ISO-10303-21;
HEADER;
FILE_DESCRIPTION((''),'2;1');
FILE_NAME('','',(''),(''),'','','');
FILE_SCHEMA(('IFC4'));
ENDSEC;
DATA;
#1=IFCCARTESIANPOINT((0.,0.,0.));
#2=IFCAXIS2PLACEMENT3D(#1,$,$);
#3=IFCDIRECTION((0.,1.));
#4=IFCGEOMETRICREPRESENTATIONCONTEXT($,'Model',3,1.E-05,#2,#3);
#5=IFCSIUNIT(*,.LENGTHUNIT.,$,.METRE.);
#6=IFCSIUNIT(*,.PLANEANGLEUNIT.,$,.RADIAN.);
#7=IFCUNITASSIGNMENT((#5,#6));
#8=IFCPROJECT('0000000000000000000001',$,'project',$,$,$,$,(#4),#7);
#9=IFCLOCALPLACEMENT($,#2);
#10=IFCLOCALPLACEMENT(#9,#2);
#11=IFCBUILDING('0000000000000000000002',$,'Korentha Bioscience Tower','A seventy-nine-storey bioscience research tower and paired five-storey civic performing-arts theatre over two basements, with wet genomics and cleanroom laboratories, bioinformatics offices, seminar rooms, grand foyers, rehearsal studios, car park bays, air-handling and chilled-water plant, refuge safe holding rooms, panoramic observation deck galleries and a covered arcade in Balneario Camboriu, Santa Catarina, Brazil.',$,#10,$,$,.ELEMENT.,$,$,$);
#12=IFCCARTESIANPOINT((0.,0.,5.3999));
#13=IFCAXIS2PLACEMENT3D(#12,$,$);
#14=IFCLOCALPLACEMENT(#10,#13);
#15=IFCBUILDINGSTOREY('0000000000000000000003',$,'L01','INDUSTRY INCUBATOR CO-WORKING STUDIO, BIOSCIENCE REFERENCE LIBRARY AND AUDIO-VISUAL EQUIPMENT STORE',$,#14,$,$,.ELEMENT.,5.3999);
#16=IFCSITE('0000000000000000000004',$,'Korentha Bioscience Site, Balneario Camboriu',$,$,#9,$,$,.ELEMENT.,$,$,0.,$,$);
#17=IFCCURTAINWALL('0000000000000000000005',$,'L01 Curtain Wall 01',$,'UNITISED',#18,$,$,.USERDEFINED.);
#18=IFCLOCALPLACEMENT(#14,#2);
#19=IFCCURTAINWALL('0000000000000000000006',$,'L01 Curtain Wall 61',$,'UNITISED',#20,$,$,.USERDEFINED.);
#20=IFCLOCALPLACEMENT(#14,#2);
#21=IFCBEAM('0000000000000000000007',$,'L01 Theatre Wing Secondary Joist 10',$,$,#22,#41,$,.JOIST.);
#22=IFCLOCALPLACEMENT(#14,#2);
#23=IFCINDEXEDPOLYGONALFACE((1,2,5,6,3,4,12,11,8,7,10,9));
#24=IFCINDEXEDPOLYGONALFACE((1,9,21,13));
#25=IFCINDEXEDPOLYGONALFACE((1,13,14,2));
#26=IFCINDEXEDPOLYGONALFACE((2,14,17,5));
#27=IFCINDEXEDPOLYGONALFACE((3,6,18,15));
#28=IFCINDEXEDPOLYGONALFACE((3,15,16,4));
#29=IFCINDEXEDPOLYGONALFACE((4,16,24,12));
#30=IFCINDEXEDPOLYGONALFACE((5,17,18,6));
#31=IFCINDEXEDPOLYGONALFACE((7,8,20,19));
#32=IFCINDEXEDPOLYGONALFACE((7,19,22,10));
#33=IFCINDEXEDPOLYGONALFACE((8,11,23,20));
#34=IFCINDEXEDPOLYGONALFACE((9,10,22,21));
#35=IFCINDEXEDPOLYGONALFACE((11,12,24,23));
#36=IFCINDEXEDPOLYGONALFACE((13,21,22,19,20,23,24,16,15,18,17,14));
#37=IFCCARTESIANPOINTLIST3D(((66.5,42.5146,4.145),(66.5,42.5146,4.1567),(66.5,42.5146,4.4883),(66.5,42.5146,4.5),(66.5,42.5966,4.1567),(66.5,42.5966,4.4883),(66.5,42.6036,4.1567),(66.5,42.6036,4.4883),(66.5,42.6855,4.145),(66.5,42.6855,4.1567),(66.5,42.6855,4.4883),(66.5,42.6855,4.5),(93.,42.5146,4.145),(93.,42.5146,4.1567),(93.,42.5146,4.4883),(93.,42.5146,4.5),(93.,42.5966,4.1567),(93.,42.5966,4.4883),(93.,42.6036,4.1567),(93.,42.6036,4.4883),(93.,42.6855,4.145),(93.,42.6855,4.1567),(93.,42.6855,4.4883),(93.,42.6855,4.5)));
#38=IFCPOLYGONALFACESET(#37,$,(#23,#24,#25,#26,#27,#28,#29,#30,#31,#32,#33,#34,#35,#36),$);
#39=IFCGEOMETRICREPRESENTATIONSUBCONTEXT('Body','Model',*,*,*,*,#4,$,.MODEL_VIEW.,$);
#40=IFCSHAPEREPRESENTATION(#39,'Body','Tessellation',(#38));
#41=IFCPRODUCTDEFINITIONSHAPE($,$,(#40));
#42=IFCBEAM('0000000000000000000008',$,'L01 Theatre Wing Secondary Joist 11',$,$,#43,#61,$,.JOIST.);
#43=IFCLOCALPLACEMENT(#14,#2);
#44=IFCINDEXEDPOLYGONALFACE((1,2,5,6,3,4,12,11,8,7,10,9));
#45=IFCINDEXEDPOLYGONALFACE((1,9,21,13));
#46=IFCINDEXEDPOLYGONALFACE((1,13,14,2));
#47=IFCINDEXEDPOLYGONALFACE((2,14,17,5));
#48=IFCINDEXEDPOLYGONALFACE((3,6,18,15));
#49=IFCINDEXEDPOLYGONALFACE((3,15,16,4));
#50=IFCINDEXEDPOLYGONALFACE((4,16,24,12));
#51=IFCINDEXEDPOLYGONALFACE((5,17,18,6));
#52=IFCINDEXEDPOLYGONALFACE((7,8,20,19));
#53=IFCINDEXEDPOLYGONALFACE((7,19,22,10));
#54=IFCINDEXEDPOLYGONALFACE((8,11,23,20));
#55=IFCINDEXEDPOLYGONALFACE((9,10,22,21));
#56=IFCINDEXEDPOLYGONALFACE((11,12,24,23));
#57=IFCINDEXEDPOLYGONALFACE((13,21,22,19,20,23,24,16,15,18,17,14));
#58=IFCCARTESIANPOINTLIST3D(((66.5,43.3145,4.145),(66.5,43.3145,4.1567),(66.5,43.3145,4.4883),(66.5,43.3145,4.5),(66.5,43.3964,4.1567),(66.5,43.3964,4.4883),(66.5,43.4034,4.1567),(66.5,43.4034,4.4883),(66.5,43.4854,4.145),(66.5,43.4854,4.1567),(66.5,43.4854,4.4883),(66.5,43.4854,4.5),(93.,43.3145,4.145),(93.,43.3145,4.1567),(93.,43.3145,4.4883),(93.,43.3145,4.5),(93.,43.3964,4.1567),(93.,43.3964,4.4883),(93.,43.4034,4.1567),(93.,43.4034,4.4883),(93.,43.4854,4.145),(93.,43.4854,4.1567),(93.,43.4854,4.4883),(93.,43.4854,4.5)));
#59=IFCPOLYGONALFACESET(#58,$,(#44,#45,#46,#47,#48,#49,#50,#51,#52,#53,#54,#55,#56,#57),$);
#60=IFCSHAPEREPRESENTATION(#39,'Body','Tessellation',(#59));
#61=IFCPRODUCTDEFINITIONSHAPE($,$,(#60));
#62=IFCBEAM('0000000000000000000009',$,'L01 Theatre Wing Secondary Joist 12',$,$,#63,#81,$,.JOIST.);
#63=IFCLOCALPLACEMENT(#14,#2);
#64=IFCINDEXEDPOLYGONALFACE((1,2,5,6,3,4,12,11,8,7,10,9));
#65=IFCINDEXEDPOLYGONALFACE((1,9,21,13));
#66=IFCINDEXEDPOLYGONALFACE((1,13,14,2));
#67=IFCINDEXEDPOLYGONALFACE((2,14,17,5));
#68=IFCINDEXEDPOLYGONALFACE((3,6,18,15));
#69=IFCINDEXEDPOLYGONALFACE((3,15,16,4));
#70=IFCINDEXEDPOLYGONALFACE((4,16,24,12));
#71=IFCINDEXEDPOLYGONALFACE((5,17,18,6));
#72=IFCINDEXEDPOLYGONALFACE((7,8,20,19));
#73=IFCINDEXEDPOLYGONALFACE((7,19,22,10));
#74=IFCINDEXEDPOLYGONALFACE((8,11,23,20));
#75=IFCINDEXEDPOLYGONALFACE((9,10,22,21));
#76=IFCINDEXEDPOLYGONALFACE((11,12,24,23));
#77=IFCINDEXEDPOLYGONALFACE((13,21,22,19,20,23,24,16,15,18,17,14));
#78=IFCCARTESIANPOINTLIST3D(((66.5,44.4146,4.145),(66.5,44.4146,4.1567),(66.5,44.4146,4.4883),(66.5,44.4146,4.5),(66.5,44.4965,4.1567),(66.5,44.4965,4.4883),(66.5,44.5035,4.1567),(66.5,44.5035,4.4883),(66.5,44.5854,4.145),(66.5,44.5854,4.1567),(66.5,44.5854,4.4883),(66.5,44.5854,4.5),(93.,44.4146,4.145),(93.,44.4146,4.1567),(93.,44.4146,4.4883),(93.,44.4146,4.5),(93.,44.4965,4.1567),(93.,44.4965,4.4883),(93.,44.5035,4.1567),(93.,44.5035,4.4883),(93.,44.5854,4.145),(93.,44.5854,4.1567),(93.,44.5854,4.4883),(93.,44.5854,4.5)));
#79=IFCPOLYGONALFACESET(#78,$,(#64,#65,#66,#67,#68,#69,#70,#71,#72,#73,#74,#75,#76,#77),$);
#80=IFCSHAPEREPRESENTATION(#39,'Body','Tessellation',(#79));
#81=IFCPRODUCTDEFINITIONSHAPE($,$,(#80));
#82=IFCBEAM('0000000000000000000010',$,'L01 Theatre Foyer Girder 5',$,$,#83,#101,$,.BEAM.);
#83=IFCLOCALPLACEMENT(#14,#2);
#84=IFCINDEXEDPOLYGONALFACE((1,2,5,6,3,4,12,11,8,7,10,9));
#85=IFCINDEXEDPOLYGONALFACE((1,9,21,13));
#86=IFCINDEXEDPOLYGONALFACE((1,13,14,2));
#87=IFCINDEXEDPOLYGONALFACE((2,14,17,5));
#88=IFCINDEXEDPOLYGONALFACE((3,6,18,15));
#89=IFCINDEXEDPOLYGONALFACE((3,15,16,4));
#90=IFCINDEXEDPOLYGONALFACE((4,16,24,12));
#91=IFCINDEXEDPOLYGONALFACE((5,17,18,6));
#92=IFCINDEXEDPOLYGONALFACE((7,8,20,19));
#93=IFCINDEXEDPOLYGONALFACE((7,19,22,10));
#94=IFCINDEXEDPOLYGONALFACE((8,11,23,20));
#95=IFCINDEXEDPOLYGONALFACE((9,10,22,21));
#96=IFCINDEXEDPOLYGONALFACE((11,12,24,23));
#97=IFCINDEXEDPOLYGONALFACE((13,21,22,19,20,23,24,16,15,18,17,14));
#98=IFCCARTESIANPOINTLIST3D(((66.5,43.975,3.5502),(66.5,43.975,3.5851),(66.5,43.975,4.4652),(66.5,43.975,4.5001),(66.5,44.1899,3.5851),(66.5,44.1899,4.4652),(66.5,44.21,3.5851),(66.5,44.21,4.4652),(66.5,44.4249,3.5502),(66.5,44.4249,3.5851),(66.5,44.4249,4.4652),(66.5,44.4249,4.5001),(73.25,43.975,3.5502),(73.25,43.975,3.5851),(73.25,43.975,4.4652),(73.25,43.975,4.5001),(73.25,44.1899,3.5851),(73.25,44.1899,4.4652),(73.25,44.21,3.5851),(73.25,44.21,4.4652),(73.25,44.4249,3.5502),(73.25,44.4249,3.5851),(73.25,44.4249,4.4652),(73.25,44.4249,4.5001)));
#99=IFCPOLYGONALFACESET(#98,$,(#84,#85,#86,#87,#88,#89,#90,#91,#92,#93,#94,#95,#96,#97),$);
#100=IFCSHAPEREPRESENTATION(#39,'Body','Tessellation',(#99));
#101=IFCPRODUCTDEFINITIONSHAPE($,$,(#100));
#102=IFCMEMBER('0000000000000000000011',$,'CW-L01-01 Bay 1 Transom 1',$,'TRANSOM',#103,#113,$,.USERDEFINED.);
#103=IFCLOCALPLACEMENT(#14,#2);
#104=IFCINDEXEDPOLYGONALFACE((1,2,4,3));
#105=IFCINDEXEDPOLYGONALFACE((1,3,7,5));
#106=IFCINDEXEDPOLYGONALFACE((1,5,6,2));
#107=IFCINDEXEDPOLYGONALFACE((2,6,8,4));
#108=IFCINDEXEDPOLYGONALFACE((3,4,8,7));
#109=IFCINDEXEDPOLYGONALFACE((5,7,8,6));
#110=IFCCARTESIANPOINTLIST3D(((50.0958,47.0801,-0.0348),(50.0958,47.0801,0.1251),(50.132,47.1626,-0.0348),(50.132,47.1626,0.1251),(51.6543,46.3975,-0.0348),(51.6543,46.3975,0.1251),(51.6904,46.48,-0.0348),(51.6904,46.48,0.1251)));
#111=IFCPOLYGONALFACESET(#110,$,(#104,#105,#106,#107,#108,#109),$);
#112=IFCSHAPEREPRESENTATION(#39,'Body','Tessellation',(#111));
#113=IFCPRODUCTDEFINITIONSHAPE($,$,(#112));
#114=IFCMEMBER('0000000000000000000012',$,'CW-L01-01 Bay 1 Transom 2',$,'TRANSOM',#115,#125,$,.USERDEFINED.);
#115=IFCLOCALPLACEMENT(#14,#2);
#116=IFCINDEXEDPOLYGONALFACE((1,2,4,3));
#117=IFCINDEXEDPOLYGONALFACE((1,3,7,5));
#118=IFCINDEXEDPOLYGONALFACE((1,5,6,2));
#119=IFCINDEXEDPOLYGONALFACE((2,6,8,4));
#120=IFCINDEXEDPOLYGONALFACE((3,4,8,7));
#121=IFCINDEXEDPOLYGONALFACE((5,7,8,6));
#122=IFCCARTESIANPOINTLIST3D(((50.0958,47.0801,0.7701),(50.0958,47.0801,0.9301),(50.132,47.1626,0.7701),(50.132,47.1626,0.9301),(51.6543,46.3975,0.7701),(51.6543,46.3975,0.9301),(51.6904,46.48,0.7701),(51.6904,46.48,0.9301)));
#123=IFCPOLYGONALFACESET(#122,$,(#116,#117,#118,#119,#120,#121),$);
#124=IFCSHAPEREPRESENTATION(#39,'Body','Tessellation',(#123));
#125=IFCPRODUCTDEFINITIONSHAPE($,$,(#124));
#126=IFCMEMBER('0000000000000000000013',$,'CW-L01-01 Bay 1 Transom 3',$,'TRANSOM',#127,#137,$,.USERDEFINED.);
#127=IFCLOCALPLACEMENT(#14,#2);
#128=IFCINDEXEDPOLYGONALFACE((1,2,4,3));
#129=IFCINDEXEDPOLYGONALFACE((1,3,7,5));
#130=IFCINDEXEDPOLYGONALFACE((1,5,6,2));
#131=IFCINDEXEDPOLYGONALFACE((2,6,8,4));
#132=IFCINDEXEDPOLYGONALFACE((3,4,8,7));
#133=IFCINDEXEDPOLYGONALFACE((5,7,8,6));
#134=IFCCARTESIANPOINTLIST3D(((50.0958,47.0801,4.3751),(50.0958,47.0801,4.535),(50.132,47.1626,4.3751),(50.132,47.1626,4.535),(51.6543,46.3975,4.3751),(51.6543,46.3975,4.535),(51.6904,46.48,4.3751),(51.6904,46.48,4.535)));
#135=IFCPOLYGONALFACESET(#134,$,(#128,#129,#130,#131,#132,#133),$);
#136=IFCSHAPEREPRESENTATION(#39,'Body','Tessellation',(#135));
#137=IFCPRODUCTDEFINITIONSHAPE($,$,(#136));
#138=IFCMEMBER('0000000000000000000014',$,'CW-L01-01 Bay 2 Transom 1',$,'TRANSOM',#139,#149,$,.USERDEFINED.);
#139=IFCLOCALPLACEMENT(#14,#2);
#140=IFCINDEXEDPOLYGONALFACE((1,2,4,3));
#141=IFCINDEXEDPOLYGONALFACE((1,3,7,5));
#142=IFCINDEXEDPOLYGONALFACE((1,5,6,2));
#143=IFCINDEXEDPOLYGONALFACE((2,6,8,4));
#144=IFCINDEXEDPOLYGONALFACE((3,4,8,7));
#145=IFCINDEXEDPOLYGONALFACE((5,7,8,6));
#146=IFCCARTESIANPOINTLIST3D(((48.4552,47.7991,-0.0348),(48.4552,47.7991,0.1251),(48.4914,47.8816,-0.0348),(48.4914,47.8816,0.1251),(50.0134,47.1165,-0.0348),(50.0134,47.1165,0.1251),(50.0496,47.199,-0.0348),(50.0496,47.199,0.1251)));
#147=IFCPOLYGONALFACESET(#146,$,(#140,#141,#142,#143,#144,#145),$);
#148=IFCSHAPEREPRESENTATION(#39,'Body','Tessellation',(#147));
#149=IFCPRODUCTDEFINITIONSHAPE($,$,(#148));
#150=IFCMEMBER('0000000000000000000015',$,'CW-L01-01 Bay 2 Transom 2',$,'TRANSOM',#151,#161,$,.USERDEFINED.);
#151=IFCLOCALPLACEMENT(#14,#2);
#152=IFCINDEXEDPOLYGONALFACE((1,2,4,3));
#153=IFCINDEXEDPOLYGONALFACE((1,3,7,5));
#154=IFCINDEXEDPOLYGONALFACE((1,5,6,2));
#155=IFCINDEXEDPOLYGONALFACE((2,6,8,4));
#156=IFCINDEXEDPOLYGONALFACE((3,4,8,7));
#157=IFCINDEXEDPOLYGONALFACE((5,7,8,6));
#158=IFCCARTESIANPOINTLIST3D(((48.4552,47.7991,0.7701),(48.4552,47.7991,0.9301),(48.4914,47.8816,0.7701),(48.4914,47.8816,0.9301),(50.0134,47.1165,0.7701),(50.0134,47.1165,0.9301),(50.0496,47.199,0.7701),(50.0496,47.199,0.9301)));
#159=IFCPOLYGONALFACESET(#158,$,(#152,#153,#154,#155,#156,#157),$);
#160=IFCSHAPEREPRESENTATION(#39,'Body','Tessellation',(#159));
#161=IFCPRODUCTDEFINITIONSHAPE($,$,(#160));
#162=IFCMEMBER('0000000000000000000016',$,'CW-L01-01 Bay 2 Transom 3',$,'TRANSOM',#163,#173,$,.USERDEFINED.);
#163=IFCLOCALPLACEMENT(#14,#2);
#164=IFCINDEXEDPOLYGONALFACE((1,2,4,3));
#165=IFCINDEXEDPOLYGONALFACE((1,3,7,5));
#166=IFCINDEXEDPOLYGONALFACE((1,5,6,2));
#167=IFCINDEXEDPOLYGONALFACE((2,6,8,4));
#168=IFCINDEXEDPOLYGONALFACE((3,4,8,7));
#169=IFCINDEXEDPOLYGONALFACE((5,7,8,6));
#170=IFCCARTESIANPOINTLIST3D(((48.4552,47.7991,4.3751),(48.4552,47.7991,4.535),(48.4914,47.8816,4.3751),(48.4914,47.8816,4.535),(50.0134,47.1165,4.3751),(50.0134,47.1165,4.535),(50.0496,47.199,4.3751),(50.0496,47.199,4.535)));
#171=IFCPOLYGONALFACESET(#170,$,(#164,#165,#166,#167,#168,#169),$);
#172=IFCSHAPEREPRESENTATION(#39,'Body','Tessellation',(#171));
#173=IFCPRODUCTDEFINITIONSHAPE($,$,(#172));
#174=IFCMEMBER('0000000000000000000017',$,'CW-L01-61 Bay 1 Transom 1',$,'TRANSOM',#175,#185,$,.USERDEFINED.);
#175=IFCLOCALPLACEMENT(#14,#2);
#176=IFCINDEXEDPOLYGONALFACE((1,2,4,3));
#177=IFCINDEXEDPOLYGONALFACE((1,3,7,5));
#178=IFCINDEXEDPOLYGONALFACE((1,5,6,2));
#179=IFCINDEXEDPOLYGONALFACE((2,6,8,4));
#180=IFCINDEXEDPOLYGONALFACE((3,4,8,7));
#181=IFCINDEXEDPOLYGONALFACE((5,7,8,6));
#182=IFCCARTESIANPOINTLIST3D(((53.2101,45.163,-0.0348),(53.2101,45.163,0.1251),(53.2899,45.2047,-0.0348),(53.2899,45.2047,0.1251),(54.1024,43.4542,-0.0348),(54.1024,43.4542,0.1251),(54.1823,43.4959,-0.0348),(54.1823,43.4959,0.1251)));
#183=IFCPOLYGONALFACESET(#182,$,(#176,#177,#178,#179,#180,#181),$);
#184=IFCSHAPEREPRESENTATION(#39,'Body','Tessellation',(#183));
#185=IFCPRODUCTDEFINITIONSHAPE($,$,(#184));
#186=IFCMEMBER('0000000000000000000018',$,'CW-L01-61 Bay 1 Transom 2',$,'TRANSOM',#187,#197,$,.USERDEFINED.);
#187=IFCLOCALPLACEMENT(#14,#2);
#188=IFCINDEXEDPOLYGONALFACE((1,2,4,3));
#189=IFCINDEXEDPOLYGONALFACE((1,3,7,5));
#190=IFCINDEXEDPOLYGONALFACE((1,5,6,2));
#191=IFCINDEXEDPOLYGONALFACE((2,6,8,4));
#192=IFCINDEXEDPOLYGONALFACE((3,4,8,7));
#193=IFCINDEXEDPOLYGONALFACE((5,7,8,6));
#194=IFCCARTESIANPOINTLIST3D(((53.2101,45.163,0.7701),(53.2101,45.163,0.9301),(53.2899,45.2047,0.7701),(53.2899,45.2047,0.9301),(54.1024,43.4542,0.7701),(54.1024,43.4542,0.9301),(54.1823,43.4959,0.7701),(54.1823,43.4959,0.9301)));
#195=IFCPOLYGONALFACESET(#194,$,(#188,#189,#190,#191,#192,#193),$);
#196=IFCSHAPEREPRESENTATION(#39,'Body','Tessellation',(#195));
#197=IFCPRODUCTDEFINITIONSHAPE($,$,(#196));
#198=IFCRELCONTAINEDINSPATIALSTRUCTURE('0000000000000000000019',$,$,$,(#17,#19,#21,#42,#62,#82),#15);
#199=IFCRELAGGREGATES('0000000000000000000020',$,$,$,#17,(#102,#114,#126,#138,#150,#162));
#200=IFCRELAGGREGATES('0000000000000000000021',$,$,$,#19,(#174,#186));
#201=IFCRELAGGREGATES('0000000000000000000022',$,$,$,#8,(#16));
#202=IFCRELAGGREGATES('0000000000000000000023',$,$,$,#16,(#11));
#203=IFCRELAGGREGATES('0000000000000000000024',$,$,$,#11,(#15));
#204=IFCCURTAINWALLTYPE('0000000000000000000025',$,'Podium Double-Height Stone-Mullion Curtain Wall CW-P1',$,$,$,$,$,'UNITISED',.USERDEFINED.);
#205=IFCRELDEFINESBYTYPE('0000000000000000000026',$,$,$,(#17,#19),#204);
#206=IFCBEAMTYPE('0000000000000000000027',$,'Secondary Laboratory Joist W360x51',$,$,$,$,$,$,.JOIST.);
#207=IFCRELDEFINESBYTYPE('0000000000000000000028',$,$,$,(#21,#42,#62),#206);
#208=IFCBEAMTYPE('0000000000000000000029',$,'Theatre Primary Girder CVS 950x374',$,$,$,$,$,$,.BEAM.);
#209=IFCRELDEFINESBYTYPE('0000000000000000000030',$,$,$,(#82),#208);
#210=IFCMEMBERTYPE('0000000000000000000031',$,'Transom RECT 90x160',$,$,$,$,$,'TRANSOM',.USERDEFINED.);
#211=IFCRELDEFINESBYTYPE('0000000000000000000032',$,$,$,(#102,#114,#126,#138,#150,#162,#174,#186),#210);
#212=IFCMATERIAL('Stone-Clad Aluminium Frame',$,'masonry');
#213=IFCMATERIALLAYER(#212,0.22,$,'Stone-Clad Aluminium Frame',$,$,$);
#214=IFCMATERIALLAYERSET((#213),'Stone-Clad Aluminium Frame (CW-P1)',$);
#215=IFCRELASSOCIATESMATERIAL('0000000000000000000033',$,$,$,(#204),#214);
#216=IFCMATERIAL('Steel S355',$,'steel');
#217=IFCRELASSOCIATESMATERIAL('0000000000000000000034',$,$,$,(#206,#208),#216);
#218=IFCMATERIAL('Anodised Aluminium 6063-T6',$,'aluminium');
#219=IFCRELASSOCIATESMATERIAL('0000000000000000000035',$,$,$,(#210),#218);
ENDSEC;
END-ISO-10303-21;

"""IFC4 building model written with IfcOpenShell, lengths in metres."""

from ifc_helpers import new_model, si_unit, direction, frame, origin, origin_2d, place, context, subcontext, project, spatial, rectangle, i_section, extrude, material, layer, layer_set, material_profile, profile_set, type_object, element, aggregate, save


model = new_model("IFC4")

# Units and contexts
model_context = context("Model", 3, precision=1e-05, world=origin(), true_north=direction((0.0, 1.0)))
body_context = subcontext(model_context, "Body", "Model", "MODEL_VIEW")
ifc_project = project(units=[si_unit("LENGTHUNIT", "METRE"), si_unit("PLANEANGLEUNIT", "RADIAN")], contexts=[model_context])

# Site, building, storey
site_placement = place(None, origin())
site = spatial("IfcSite", under=ifc_project, at=site_placement, Name="Korentha Bioscience Site, Balneario Camboriu", CompositionType="ELEMENT", RefElevation=0.0)
building_placement = place(site_placement, origin())
building = spatial("IfcBuilding", under=site, at=building_placement, Name="Korentha Bioscience Tower", Description="A seventy-nine-storey bioscience research tower and paired five-storey civic performing-arts theatre over two basements, with wet genomics and cleanroom laboratories, bioinformatics offices, seminar rooms, grand foyers, rehearsal studios, car park bays, air-handling and chilled-water plant, refuge safe holding rooms, panoramic observation deck galleries and a covered arcade in Balneario Camboriu, Santa Catarina, Brazil.", CompositionType="ELEMENT")
storey_placement = place(building_placement, frame((0.0, 0.0, 5.3999)))
storey = spatial("IfcBuildingStorey", under=building, at=storey_placement, Name="L01", Description="INDUSTRY INCUBATOR CO-WORKING STUDIO, BIOSCIENCE REFERENCE LIBRARY AND AUDIO-VISUAL EQUIPMENT STORE", CompositionType="ELEMENT", Elevation=5.3999)

# Curtain walls
ifc_material_1 = material(Name="Stone-Clad Aluminium Frame", Category="masonry")
ifc_layer_1 = layer(ifc_material_1, 0.22, Name="Stone-Clad Aluminium Frame")
ifc_layer_set_1 = layer_set([ifc_layer_1], Name="Stone-Clad Aluminium Frame (CW-P1)")
curtain_wall_type = type_object("IfcCurtainWallType", Name="Podium Double-Height Stone-Mullion Curtain Wall CW-P1", ElementType="UNITISED", PredefinedType="USERDEFINED", material=ifc_layer_set_1)
curtain_wall_1_placement = place(storey_placement, origin())
curtain_wall_1 = element("IfcCurtainWall", 1, at=curtain_wall_1_placement, inside=storey, type_object=curtain_wall_type, Name="L01 Curtain Wall 01", ObjectType="UNITISED", PredefinedType="USERDEFINED")
ifc_material_2 = material(Name="Anodised Aluminium 6063-T6", Category="aluminium")
curtain_wall_2_placement = place(storey_placement, origin())
curtain_wall_2 = element("IfcCurtainWall", 2, at=curtain_wall_2_placement, inside=storey, type_object=curtain_wall_type, Name="L01 Curtain Wall 61", ObjectType="UNITISED", PredefinedType="USERDEFINED")

# Beams
ifc_material_3 = material(Name="Steel S355", Category="steel")
ifc_material_profile_1 = material_profile(ifc_material_3, i_section(OverallWidth=0.1709, OverallDepth=0.355, WebThickness=0.0071, FlangeThickness=0.0117, at=origin_2d()), Name="Steel S355")
ifc_profile_set_1 = profile_set([ifc_material_profile_1], Name="Steel S355 (JB-360)")
beam_type_1 = type_object("IfcBeamType", Name="Secondary Laboratory Joist W360x51", PredefinedType="JOIST", material=ifc_profile_set_1)
for number, where, z_axis, x_axis, name in (
    (3, (66.5, 42.6001, 4.3225), (1.0, 0.0, 0.0), (0.0, 1.0, 0.0), "L01 Theatre Wing Secondary Joist 10"),
    (4, (66.5, 43.3999, 4.3225), (1.0, 0.0, 0.0), (0.0, 1.0, 0.0), "L01 Theatre Wing Secondary Joist 11"),
    (5, (66.5, 44.5, 4.3225), (1.0, 0.0, 0.0), (0.0, 1.0, 0.0), "L01 Theatre Wing Secondary Joist 12"),
):
    element("IfcBeam", number, at=place(storey_placement, frame(where, z_axis=z_axis, x_axis=x_axis)), inside=storey, type_object=beam_type_1, Name=name, PredefinedType="JOIST", context=body_context, shape_type="SweptSolid", body=[
        extrude(i_section(OverallWidth=0.1709, OverallDepth=0.355, WebThickness=0.0071, FlangeThickness=0.0117, at=origin_2d()), origin(), (0.0, 0.0, 1.0), 26.5),
    ])
ifc_material_profile_2 = material_profile(ifc_material_3, i_section(OverallWidth=0.45, OverallDepth=0.95, WebThickness=0.02, FlangeThickness=0.0349, at=origin_2d()), Name="Steel S355")
ifc_profile_set_2 = profile_set([ifc_material_profile_2], Name="Steel S355 (TB-950)")
beam_type_2 = type_object("IfcBeamType", Name="Theatre Primary Girder CVS 950x374", PredefinedType="BEAM", material=ifc_profile_set_2)
beam_1_placement = place(storey_placement, frame((66.5, 44.2, 4.0251), z_axis=(1.0, 0.0, 0.0), x_axis=(0.0, 1.0, 0.0)))
element("IfcBeam", 6, at=beam_1_placement, inside=storey, type_object=beam_type_2, Name="L01 Theatre Foyer Girder 5", PredefinedType="BEAM", context=body_context, shape_type="SweptSolid", body=[
    extrude(i_section(OverallWidth=0.45, OverallDepth=0.95, WebThickness=0.02, FlangeThickness=0.0349, at=origin_2d()), origin(), (0.0, 0.0, 1.0), 6.75),
])

# Members
ifc_material_profile_3 = material_profile(ifc_material_2, rectangle(XDim=0.0901, YDim=0.1599, at=origin_2d()), Name="Anodised Aluminium 6063-T6")
ifc_profile_set_3 = profile_set([ifc_material_profile_3], Name="Anodised Aluminium 6063-T6 (CW-TRN)")
member_type_1 = type_object("IfcMemberType", Name="Transom RECT 90x160", ElementType="TRANSOM", PredefinedType="USERDEFINED", material=ifc_profile_set_3)
member_1_placement = place(storey_placement, frame((51.6724, 46.4387, 0.0452), z_axis=(-0.915976, 0.401233, 0.0), x_axis=(-0.401233, -0.915976, 0.0)))
member_1 = element("IfcMember", 7, at=member_1_placement, type_object=member_type_1, Name="CW-L01-01 Bay 1 Transom 1", ObjectType="TRANSOM", PredefinedType="USERDEFINED", context=body_context, shape_type="SweptSolid", body=[
    extrude(rectangle(XDim=0.0901, YDim=0.1599, at=origin_2d()), origin(), (0.0, 0.0, 1.0), 1.7014),
])
member_2_placement = place(storey_placement, frame((51.6724, 46.4387, 0.8501), z_axis=(-0.915976, 0.401233, 0.0), x_axis=(-0.401233, -0.915976, 0.0)))
member_2 = element("IfcMember", 8, at=member_2_placement, type_object=member_type_1, Name="CW-L01-01 Bay 1 Transom 2", ObjectType="TRANSOM", PredefinedType="USERDEFINED", context=body_context, shape_type="SweptSolid", body=[
    extrude(rectangle(XDim=0.0901, YDim=0.1599, at=origin_2d()), origin(), (0.0, 0.0, 1.0), 1.7014),
])
member_3_placement = place(storey_placement, frame((51.6724, 46.4387, 4.4551), z_axis=(-0.915976, 0.401233, 0.0), x_axis=(-0.401233, -0.915976, 0.0)))
member_3 = element("IfcMember", 9, at=member_3_placement, type_object=member_type_1, Name="CW-L01-01 Bay 1 Transom 3", ObjectType="TRANSOM", PredefinedType="USERDEFINED", context=body_context, shape_type="SweptSolid", body=[
    extrude(rectangle(XDim=0.0901, YDim=0.1599, at=origin_2d()), origin(), (0.0, 0.0, 1.0), 1.7014),
])
member_4_placement = place(storey_placement, frame((50.0315, 47.1577, 0.0452), z_axis=(-0.915953, 0.401286, 0.0), x_axis=(-0.401286, -0.915953, 0.0)))
member_4 = element("IfcMember", 10, at=member_4_placement, type_object=member_type_1, Name="CW-L01-01 Bay 2 Transom 1", ObjectType="TRANSOM", PredefinedType="USERDEFINED", context=body_context, shape_type="SweptSolid", body=[
    extrude(rectangle(XDim=0.0901, YDim=0.1599, at=origin_2d()), origin(), (0.0, 0.0, 1.0), 1.7012),
])
member_5_placement = place(storey_placement, frame((50.0315, 47.1577, 0.8501), z_axis=(-0.915953, 0.401286, 0.0), x_axis=(-0.401286, -0.915953, 0.0)))
member_5 = element("IfcMember", 11, at=member_5_placement, type_object=member_type_1, Name="CW-L01-01 Bay 2 Transom 2", ObjectType="TRANSOM", PredefinedType="USERDEFINED", context=body_context, shape_type="SweptSolid", body=[
    extrude(rectangle(XDim=0.0901, YDim=0.1599, at=origin_2d()), origin(), (0.0, 0.0, 1.0), 1.7012),
])
member_6_placement = place(storey_placement, frame((50.0315, 47.1577, 4.4551), z_axis=(-0.915953, 0.401286, 0.0), x_axis=(-0.401286, -0.915953, 0.0)))
member_6 = element("IfcMember", 12, at=member_6_placement, type_object=member_type_1, Name="CW-L01-01 Bay 2 Transom 3", ObjectType="TRANSOM", PredefinedType="USERDEFINED", context=body_context, shape_type="SweptSolid", body=[
    extrude(rectangle(XDim=0.0901, YDim=0.1599, at=origin_2d()), origin(), (0.0, 0.0, 1.0), 1.7012),
])
member_7_placement = place(storey_placement, frame((54.1423, 43.4751, 0.0452), z_axis=(-0.462899, 0.886411, 0.0), x_axis=(-0.886411, -0.462899, 0.0)))
member_7 = element("IfcMember", 13, at=member_7_placement, type_object=member_type_1, Name="CW-L01-61 Bay 1 Transom 1", ObjectType="TRANSOM", PredefinedType="USERDEFINED", context=body_context, shape_type="SweptSolid", body=[
    extrude(rectangle(XDim=0.0901, YDim=0.1599, at=origin_2d()), origin(), (0.0, 0.0, 1.0), 1.9277),
])
member_8_placement = place(storey_placement, frame((54.1423, 43.4751, 0.8501), z_axis=(-0.462899, 0.886411, 0.0), x_axis=(-0.886411, -0.462899, 0.0)))
member_8 = element("IfcMember", 14, at=member_8_placement, type_object=member_type_1, Name="CW-L01-61 Bay 1 Transom 2", ObjectType="TRANSOM", PredefinedType="USERDEFINED", context=body_context, shape_type="SweptSolid", body=[
    extrude(rectangle(XDim=0.0901, YDim=0.1599, at=origin_2d()), origin(), (0.0, 0.0, 1.0), 1.9277),
])

aggregate(curtain_wall_1, [member_1, member_2, member_3, member_4, member_5, member_6])
aggregate(curtain_wall_2, [member_7, member_8])

save(model, "model.ifc")
